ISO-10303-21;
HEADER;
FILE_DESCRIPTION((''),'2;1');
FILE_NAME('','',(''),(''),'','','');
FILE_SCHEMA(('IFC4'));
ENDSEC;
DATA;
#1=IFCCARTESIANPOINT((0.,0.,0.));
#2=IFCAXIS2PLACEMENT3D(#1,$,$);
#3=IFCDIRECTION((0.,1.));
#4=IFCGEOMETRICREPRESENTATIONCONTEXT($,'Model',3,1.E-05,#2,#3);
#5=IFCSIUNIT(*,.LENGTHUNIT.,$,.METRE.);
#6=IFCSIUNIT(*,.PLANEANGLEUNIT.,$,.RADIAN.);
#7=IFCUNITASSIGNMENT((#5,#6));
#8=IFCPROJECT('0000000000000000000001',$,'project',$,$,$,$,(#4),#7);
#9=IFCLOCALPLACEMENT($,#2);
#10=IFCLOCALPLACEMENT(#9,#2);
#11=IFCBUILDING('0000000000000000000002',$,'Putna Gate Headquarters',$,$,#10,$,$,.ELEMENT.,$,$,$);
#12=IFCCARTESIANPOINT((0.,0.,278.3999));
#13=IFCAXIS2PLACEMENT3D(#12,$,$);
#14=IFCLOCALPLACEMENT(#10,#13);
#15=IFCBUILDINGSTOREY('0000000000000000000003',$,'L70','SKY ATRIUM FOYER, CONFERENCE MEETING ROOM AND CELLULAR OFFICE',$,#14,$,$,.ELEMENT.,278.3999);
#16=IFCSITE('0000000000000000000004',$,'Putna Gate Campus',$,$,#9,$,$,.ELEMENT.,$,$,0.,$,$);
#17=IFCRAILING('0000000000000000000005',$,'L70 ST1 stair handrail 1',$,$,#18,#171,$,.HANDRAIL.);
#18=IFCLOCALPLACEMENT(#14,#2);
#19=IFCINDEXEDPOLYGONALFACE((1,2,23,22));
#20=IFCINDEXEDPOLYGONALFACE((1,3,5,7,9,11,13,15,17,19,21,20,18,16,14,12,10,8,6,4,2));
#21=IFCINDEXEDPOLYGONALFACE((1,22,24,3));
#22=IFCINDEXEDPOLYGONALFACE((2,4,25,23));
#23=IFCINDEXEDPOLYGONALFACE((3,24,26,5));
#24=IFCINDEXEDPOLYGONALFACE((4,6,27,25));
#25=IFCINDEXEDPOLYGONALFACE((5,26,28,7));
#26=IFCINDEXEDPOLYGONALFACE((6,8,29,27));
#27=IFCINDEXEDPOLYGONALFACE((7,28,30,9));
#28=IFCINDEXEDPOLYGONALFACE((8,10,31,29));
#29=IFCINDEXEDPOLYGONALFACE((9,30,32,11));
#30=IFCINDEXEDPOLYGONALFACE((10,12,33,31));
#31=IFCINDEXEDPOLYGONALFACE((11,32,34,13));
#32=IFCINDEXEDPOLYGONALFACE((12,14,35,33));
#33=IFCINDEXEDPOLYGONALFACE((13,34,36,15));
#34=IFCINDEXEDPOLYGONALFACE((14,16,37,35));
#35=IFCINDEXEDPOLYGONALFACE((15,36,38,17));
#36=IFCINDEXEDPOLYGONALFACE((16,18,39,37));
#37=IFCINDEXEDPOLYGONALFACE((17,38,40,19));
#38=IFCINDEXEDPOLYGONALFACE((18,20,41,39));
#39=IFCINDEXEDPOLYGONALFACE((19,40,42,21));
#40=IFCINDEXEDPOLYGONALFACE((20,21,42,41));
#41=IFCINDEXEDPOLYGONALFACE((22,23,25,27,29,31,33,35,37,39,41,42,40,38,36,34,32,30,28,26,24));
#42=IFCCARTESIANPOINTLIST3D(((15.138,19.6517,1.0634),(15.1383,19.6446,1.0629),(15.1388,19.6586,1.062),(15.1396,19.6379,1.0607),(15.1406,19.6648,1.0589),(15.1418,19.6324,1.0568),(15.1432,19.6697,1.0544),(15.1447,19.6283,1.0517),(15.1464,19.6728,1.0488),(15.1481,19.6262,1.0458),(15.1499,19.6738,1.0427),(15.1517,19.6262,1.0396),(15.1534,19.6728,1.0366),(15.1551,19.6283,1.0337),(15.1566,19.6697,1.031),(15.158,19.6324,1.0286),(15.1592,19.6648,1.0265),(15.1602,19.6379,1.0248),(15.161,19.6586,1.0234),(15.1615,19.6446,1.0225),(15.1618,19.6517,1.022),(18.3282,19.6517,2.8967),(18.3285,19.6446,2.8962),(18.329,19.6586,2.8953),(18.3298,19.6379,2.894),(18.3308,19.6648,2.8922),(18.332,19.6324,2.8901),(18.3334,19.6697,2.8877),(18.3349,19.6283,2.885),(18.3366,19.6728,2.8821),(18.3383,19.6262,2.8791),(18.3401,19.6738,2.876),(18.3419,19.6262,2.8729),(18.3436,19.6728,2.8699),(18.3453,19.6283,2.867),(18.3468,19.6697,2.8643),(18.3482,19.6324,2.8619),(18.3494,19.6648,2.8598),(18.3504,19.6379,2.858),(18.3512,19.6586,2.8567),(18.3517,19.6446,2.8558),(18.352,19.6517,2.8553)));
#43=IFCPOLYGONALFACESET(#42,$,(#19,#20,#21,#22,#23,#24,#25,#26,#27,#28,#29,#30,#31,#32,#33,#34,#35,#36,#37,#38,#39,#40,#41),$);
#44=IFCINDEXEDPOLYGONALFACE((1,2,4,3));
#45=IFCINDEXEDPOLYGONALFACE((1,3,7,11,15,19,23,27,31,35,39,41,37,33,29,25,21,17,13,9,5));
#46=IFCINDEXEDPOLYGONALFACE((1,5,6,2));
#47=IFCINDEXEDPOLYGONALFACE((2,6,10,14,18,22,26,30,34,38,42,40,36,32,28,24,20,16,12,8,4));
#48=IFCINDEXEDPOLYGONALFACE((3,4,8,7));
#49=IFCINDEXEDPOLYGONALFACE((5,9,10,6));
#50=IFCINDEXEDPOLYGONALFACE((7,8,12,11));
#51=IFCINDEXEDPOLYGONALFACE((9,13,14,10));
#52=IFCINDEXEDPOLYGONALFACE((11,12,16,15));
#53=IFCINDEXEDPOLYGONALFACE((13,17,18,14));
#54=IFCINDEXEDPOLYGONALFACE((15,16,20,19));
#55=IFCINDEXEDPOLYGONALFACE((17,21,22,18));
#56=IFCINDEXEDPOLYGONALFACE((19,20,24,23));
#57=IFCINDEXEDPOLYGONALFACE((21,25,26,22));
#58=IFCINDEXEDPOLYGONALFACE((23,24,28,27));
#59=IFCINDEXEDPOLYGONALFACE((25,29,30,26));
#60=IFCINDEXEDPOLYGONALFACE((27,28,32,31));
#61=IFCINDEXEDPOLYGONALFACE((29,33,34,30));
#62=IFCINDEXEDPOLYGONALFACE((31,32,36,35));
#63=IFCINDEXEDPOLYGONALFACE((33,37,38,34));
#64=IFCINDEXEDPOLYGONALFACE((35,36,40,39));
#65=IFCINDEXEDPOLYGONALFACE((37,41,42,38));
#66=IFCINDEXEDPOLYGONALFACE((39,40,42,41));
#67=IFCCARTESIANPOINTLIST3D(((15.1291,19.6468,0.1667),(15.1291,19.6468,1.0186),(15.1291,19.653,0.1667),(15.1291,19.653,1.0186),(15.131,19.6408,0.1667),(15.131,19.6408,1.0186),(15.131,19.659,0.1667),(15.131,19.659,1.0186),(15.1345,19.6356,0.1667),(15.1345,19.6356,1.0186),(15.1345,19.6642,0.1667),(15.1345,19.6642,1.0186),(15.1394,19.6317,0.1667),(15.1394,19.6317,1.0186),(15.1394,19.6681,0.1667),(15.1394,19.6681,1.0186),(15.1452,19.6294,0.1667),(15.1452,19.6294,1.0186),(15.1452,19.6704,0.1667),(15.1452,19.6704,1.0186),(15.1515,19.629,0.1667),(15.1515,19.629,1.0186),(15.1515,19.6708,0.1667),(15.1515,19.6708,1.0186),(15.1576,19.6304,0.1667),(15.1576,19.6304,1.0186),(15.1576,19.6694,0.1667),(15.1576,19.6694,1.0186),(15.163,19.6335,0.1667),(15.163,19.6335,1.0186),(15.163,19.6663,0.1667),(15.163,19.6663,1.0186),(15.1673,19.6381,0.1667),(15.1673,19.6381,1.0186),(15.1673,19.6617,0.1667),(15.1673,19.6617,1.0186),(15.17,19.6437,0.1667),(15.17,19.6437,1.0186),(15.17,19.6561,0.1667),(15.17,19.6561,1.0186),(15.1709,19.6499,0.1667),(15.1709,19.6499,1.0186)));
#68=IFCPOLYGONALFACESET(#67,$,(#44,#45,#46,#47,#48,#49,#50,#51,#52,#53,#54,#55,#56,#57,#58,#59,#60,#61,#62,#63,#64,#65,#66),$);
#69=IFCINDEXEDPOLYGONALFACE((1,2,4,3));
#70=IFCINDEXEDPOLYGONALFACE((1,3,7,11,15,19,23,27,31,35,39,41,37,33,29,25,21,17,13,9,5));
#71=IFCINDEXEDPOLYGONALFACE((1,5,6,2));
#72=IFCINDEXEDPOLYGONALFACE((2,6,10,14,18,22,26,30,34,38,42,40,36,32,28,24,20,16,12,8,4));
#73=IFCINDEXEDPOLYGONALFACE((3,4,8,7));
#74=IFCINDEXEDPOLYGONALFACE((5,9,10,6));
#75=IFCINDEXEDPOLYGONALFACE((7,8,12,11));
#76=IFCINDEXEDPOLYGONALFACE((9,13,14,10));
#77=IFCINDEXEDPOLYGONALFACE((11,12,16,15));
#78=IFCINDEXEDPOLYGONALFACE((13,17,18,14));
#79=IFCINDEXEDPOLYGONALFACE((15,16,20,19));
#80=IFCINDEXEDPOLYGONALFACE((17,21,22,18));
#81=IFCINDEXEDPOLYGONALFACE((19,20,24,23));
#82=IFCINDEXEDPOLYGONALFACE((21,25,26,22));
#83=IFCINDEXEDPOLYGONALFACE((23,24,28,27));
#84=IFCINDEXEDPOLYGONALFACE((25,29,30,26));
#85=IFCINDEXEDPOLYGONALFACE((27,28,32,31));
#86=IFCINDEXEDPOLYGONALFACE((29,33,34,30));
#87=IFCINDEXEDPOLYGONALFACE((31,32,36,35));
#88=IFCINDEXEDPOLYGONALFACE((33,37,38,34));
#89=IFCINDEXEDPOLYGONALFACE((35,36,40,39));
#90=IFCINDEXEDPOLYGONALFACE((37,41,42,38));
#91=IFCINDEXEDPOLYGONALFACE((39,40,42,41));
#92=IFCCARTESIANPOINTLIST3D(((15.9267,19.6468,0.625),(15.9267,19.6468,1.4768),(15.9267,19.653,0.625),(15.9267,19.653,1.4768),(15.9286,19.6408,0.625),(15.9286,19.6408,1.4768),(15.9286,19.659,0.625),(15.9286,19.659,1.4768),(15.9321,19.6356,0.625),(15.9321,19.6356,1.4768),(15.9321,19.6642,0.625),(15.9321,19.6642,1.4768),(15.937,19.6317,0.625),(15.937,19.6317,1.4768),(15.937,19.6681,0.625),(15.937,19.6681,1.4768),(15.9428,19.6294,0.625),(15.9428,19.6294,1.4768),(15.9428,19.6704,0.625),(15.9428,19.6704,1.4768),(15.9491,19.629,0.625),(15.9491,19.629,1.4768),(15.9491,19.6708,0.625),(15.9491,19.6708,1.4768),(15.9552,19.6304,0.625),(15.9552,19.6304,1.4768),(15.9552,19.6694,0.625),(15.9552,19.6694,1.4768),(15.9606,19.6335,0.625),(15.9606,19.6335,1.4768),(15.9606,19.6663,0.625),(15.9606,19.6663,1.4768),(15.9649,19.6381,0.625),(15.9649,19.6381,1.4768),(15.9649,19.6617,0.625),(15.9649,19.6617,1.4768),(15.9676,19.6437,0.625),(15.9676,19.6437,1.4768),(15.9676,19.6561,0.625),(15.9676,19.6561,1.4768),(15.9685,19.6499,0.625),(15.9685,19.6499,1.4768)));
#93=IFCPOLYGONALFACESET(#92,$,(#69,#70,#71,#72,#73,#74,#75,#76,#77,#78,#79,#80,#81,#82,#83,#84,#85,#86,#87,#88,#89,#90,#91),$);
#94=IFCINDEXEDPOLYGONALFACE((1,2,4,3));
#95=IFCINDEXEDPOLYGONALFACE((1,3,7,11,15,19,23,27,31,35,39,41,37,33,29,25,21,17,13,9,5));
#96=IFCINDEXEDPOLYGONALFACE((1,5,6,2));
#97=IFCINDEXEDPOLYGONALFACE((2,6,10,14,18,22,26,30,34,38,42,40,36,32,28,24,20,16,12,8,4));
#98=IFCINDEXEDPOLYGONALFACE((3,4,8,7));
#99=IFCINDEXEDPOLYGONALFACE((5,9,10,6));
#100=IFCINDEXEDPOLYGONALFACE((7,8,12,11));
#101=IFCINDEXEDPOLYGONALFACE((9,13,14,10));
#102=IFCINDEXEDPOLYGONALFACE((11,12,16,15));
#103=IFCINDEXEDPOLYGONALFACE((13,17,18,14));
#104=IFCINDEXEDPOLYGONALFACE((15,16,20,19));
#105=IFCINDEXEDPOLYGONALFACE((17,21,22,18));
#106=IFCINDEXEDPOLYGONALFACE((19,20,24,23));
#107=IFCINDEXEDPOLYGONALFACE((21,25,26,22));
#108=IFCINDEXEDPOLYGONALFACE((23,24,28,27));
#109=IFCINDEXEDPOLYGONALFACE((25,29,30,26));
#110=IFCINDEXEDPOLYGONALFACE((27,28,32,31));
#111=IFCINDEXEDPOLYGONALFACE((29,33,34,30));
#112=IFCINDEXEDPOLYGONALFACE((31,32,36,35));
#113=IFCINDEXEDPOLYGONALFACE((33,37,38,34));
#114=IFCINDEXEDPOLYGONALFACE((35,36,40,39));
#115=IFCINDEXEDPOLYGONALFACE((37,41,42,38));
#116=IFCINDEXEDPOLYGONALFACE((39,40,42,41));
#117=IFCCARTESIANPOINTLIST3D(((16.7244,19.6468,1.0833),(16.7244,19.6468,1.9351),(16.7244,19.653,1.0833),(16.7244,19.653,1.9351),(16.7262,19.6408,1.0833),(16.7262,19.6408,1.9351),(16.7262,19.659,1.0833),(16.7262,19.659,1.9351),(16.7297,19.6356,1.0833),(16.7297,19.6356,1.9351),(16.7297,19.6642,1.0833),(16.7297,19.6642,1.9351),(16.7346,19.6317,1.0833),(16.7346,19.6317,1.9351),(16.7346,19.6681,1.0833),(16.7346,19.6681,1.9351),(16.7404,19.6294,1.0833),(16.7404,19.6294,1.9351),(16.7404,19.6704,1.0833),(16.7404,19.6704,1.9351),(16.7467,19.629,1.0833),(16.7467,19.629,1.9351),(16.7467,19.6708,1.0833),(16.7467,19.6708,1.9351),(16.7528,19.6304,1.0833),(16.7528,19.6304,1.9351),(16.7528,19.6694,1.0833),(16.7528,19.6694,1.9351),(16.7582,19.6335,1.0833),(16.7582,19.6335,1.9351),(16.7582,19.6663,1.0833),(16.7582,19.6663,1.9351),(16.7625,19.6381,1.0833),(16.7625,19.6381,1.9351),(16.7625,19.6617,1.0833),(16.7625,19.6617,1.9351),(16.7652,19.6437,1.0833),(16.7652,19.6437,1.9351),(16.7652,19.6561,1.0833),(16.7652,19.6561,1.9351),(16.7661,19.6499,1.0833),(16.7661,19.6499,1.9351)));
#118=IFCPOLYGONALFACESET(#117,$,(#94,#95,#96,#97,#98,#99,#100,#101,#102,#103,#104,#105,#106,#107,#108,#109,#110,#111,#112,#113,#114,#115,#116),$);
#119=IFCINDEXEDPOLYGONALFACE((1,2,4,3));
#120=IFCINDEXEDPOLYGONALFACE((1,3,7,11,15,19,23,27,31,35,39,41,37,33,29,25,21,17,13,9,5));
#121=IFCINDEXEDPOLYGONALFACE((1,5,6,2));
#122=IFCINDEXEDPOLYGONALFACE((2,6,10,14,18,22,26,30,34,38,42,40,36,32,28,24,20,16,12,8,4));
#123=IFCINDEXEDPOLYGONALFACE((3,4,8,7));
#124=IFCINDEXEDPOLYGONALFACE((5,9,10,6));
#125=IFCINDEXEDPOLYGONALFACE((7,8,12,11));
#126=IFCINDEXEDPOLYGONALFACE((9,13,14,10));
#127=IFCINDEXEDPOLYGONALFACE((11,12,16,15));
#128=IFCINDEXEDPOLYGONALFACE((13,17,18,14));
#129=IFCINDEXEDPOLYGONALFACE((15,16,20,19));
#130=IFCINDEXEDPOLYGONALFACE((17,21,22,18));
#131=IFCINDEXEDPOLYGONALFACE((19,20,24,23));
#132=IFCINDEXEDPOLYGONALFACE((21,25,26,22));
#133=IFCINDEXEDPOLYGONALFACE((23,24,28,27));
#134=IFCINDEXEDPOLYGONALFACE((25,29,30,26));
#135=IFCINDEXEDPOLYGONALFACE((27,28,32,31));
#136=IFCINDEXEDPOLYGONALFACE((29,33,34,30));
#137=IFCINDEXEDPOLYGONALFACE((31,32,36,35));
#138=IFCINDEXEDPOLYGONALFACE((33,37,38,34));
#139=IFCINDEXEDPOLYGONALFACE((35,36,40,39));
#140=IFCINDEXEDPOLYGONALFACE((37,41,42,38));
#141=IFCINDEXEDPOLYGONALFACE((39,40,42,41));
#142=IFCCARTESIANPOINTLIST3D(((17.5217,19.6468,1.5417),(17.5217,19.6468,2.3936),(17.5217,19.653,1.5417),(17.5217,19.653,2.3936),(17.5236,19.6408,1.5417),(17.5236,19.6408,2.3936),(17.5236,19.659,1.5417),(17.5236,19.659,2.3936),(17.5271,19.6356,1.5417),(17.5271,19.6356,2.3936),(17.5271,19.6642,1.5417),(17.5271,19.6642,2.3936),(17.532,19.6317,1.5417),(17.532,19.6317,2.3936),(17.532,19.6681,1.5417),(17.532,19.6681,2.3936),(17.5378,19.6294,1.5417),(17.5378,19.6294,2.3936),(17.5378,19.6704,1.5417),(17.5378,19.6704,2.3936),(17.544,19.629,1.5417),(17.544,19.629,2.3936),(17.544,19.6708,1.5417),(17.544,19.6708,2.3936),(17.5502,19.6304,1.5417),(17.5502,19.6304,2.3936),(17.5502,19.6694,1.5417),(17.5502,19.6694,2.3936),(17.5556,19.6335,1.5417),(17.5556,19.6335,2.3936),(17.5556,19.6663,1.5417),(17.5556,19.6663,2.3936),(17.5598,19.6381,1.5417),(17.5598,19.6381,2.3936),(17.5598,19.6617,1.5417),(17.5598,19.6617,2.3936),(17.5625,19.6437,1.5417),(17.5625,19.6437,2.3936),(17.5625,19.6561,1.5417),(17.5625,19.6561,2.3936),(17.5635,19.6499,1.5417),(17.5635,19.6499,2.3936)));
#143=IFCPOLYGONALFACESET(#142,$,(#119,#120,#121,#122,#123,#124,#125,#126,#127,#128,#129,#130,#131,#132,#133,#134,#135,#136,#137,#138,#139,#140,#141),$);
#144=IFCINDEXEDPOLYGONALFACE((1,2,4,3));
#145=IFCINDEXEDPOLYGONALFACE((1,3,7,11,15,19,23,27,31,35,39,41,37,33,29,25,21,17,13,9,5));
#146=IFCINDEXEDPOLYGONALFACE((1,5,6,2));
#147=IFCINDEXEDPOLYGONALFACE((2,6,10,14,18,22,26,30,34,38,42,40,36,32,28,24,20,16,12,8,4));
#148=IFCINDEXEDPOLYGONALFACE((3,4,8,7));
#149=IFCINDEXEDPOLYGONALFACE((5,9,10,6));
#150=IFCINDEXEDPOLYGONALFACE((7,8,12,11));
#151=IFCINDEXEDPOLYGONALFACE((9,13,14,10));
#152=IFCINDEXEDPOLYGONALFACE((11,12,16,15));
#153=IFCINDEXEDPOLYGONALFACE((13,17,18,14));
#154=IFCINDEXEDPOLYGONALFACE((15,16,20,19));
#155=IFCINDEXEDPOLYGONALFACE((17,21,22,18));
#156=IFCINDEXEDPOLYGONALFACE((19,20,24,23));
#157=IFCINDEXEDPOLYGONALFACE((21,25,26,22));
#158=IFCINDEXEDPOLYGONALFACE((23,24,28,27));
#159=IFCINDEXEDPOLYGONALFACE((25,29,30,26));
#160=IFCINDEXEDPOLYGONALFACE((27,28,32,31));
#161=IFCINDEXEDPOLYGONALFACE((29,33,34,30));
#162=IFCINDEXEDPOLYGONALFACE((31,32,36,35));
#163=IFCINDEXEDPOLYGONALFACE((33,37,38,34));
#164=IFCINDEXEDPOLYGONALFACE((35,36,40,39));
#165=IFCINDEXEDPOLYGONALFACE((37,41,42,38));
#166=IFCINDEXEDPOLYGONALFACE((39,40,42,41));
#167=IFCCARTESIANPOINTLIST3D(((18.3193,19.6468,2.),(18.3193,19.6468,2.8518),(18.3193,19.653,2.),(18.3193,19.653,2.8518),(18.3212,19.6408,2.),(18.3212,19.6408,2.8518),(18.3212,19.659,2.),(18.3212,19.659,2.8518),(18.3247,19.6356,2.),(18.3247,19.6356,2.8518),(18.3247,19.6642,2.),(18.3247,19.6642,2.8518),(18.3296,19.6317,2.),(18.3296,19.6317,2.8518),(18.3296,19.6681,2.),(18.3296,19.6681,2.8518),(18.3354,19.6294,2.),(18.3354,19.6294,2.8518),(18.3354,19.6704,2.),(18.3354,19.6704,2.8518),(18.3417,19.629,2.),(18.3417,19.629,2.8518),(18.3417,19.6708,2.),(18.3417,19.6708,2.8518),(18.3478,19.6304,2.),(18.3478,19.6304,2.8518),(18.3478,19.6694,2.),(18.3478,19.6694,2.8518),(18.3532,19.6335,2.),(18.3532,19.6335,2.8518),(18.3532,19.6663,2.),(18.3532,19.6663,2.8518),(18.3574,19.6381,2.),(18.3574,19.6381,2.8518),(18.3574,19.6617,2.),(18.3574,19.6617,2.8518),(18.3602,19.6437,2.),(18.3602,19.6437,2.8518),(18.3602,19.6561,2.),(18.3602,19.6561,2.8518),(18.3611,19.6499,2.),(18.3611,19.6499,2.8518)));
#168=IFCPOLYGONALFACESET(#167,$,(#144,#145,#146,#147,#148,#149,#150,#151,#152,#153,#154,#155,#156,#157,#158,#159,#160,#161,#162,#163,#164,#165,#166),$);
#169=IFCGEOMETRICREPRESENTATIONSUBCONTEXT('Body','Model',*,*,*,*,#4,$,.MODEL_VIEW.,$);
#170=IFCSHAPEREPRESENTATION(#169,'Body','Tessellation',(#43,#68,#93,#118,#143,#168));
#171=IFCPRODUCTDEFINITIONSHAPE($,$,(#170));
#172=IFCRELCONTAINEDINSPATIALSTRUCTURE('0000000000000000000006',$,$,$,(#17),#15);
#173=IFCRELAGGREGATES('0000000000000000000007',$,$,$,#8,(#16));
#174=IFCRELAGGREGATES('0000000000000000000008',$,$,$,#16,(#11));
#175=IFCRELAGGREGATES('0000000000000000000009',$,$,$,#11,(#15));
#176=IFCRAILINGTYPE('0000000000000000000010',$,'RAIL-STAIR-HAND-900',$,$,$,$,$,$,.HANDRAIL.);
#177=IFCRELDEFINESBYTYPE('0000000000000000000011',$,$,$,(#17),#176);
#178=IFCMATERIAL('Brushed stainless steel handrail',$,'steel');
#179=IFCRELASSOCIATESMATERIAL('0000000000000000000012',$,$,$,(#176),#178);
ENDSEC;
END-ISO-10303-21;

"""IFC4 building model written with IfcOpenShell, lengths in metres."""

from ifc_helpers import new_model, si_unit, direction, frame, origin, origin_2d, place, context, subcontext, project, spatial, circle, extrude, material, type_object, element, save


model = new_model("IFC4")

# Units and contexts
model_context = context("Model", 3, precision=1e-05, world=origin(), true_north=direction((0.0, 1.0)))
body_context = subcontext(model_context, "Body", "Model", "MODEL_VIEW")
ifc_project = project(units=[si_unit("LENGTHUNIT", "METRE"), si_unit("PLANEANGLEUNIT", "RADIAN")], contexts=[model_context])

# Site, building, storey
site_placement = place(None, origin())
site = spatial("IfcSite", under=ifc_project, at=site_placement, Name="Putna Gate Campus", CompositionType="ELEMENT", RefElevation=0.0)
building_placement = place(site_placement, origin())
building = spatial("IfcBuilding", under=site, at=building_placement, Name="Putna Gate Headquarters", CompositionType="ELEMENT")
storey_placement = place(building_placement, frame((0.0, 0.0, 278.3999)))
storey = spatial("IfcBuildingStorey", under=building, at=storey_placement, Name="L70", Description="SKY ATRIUM FOYER, CONFERENCE MEETING ROOM AND CELLULAR OFFICE", CompositionType="ELEMENT", Elevation=278.3999)

# Railing
ifc_material_1 = material(Name="Brushed stainless steel handrail", Category="steel")
railing_type_1 = type_object("IfcRailingType", Name="RAIL-STAIR-HAND-900", PredefinedType="HANDRAIL", material=ifc_material_1)
railing_1_placement = place(storey_placement, frame((15.1499, 19.6499, 0.1667)))
element("IfcRailing", 1, at=railing_1_placement, inside=storey, type_object=railing_type_1, Name="L70 ST1 stair handrail 1", PredefinedType="HANDRAIL", context=body_context, shape_type="SweptSolid", body=[
    extrude(circle(Radius=0.0239, at=origin_2d()), frame((0.0, 0.0, 0.876), z_axis=(0.867036, 0.0, 0.498245), x_axis=(0.0, 1.0, 0.0)), (0.0, 0.0, 1.0), 3.6794),
    extrude(circle(Radius=0.021, at=origin_2d()), origin(), (0.0, 0.0, 1.0), 0.8518),
    extrude(circle(Radius=0.021, at=origin_2d()), frame((0.7976, 0.0, 0.4583)), (0.0, 0.0, 1.0), 0.8518),
    extrude(circle(Radius=0.021, at=origin_2d()), frame((1.5952, 0.0, 0.9165)), (0.0, 0.0, 1.0), 0.8518),
    extrude(circle(Radius=0.021, at=origin_2d()), frame((2.3926, 0.0, 1.375)), (0.0, 0.0, 1.0), 0.8518),
    extrude(circle(Radius=0.021, at=origin_2d()), frame((3.1902, 0.0, 1.8333)), (0.0, 0.0, 1.0), 0.8518),
])

save(model, "model.ifc")
